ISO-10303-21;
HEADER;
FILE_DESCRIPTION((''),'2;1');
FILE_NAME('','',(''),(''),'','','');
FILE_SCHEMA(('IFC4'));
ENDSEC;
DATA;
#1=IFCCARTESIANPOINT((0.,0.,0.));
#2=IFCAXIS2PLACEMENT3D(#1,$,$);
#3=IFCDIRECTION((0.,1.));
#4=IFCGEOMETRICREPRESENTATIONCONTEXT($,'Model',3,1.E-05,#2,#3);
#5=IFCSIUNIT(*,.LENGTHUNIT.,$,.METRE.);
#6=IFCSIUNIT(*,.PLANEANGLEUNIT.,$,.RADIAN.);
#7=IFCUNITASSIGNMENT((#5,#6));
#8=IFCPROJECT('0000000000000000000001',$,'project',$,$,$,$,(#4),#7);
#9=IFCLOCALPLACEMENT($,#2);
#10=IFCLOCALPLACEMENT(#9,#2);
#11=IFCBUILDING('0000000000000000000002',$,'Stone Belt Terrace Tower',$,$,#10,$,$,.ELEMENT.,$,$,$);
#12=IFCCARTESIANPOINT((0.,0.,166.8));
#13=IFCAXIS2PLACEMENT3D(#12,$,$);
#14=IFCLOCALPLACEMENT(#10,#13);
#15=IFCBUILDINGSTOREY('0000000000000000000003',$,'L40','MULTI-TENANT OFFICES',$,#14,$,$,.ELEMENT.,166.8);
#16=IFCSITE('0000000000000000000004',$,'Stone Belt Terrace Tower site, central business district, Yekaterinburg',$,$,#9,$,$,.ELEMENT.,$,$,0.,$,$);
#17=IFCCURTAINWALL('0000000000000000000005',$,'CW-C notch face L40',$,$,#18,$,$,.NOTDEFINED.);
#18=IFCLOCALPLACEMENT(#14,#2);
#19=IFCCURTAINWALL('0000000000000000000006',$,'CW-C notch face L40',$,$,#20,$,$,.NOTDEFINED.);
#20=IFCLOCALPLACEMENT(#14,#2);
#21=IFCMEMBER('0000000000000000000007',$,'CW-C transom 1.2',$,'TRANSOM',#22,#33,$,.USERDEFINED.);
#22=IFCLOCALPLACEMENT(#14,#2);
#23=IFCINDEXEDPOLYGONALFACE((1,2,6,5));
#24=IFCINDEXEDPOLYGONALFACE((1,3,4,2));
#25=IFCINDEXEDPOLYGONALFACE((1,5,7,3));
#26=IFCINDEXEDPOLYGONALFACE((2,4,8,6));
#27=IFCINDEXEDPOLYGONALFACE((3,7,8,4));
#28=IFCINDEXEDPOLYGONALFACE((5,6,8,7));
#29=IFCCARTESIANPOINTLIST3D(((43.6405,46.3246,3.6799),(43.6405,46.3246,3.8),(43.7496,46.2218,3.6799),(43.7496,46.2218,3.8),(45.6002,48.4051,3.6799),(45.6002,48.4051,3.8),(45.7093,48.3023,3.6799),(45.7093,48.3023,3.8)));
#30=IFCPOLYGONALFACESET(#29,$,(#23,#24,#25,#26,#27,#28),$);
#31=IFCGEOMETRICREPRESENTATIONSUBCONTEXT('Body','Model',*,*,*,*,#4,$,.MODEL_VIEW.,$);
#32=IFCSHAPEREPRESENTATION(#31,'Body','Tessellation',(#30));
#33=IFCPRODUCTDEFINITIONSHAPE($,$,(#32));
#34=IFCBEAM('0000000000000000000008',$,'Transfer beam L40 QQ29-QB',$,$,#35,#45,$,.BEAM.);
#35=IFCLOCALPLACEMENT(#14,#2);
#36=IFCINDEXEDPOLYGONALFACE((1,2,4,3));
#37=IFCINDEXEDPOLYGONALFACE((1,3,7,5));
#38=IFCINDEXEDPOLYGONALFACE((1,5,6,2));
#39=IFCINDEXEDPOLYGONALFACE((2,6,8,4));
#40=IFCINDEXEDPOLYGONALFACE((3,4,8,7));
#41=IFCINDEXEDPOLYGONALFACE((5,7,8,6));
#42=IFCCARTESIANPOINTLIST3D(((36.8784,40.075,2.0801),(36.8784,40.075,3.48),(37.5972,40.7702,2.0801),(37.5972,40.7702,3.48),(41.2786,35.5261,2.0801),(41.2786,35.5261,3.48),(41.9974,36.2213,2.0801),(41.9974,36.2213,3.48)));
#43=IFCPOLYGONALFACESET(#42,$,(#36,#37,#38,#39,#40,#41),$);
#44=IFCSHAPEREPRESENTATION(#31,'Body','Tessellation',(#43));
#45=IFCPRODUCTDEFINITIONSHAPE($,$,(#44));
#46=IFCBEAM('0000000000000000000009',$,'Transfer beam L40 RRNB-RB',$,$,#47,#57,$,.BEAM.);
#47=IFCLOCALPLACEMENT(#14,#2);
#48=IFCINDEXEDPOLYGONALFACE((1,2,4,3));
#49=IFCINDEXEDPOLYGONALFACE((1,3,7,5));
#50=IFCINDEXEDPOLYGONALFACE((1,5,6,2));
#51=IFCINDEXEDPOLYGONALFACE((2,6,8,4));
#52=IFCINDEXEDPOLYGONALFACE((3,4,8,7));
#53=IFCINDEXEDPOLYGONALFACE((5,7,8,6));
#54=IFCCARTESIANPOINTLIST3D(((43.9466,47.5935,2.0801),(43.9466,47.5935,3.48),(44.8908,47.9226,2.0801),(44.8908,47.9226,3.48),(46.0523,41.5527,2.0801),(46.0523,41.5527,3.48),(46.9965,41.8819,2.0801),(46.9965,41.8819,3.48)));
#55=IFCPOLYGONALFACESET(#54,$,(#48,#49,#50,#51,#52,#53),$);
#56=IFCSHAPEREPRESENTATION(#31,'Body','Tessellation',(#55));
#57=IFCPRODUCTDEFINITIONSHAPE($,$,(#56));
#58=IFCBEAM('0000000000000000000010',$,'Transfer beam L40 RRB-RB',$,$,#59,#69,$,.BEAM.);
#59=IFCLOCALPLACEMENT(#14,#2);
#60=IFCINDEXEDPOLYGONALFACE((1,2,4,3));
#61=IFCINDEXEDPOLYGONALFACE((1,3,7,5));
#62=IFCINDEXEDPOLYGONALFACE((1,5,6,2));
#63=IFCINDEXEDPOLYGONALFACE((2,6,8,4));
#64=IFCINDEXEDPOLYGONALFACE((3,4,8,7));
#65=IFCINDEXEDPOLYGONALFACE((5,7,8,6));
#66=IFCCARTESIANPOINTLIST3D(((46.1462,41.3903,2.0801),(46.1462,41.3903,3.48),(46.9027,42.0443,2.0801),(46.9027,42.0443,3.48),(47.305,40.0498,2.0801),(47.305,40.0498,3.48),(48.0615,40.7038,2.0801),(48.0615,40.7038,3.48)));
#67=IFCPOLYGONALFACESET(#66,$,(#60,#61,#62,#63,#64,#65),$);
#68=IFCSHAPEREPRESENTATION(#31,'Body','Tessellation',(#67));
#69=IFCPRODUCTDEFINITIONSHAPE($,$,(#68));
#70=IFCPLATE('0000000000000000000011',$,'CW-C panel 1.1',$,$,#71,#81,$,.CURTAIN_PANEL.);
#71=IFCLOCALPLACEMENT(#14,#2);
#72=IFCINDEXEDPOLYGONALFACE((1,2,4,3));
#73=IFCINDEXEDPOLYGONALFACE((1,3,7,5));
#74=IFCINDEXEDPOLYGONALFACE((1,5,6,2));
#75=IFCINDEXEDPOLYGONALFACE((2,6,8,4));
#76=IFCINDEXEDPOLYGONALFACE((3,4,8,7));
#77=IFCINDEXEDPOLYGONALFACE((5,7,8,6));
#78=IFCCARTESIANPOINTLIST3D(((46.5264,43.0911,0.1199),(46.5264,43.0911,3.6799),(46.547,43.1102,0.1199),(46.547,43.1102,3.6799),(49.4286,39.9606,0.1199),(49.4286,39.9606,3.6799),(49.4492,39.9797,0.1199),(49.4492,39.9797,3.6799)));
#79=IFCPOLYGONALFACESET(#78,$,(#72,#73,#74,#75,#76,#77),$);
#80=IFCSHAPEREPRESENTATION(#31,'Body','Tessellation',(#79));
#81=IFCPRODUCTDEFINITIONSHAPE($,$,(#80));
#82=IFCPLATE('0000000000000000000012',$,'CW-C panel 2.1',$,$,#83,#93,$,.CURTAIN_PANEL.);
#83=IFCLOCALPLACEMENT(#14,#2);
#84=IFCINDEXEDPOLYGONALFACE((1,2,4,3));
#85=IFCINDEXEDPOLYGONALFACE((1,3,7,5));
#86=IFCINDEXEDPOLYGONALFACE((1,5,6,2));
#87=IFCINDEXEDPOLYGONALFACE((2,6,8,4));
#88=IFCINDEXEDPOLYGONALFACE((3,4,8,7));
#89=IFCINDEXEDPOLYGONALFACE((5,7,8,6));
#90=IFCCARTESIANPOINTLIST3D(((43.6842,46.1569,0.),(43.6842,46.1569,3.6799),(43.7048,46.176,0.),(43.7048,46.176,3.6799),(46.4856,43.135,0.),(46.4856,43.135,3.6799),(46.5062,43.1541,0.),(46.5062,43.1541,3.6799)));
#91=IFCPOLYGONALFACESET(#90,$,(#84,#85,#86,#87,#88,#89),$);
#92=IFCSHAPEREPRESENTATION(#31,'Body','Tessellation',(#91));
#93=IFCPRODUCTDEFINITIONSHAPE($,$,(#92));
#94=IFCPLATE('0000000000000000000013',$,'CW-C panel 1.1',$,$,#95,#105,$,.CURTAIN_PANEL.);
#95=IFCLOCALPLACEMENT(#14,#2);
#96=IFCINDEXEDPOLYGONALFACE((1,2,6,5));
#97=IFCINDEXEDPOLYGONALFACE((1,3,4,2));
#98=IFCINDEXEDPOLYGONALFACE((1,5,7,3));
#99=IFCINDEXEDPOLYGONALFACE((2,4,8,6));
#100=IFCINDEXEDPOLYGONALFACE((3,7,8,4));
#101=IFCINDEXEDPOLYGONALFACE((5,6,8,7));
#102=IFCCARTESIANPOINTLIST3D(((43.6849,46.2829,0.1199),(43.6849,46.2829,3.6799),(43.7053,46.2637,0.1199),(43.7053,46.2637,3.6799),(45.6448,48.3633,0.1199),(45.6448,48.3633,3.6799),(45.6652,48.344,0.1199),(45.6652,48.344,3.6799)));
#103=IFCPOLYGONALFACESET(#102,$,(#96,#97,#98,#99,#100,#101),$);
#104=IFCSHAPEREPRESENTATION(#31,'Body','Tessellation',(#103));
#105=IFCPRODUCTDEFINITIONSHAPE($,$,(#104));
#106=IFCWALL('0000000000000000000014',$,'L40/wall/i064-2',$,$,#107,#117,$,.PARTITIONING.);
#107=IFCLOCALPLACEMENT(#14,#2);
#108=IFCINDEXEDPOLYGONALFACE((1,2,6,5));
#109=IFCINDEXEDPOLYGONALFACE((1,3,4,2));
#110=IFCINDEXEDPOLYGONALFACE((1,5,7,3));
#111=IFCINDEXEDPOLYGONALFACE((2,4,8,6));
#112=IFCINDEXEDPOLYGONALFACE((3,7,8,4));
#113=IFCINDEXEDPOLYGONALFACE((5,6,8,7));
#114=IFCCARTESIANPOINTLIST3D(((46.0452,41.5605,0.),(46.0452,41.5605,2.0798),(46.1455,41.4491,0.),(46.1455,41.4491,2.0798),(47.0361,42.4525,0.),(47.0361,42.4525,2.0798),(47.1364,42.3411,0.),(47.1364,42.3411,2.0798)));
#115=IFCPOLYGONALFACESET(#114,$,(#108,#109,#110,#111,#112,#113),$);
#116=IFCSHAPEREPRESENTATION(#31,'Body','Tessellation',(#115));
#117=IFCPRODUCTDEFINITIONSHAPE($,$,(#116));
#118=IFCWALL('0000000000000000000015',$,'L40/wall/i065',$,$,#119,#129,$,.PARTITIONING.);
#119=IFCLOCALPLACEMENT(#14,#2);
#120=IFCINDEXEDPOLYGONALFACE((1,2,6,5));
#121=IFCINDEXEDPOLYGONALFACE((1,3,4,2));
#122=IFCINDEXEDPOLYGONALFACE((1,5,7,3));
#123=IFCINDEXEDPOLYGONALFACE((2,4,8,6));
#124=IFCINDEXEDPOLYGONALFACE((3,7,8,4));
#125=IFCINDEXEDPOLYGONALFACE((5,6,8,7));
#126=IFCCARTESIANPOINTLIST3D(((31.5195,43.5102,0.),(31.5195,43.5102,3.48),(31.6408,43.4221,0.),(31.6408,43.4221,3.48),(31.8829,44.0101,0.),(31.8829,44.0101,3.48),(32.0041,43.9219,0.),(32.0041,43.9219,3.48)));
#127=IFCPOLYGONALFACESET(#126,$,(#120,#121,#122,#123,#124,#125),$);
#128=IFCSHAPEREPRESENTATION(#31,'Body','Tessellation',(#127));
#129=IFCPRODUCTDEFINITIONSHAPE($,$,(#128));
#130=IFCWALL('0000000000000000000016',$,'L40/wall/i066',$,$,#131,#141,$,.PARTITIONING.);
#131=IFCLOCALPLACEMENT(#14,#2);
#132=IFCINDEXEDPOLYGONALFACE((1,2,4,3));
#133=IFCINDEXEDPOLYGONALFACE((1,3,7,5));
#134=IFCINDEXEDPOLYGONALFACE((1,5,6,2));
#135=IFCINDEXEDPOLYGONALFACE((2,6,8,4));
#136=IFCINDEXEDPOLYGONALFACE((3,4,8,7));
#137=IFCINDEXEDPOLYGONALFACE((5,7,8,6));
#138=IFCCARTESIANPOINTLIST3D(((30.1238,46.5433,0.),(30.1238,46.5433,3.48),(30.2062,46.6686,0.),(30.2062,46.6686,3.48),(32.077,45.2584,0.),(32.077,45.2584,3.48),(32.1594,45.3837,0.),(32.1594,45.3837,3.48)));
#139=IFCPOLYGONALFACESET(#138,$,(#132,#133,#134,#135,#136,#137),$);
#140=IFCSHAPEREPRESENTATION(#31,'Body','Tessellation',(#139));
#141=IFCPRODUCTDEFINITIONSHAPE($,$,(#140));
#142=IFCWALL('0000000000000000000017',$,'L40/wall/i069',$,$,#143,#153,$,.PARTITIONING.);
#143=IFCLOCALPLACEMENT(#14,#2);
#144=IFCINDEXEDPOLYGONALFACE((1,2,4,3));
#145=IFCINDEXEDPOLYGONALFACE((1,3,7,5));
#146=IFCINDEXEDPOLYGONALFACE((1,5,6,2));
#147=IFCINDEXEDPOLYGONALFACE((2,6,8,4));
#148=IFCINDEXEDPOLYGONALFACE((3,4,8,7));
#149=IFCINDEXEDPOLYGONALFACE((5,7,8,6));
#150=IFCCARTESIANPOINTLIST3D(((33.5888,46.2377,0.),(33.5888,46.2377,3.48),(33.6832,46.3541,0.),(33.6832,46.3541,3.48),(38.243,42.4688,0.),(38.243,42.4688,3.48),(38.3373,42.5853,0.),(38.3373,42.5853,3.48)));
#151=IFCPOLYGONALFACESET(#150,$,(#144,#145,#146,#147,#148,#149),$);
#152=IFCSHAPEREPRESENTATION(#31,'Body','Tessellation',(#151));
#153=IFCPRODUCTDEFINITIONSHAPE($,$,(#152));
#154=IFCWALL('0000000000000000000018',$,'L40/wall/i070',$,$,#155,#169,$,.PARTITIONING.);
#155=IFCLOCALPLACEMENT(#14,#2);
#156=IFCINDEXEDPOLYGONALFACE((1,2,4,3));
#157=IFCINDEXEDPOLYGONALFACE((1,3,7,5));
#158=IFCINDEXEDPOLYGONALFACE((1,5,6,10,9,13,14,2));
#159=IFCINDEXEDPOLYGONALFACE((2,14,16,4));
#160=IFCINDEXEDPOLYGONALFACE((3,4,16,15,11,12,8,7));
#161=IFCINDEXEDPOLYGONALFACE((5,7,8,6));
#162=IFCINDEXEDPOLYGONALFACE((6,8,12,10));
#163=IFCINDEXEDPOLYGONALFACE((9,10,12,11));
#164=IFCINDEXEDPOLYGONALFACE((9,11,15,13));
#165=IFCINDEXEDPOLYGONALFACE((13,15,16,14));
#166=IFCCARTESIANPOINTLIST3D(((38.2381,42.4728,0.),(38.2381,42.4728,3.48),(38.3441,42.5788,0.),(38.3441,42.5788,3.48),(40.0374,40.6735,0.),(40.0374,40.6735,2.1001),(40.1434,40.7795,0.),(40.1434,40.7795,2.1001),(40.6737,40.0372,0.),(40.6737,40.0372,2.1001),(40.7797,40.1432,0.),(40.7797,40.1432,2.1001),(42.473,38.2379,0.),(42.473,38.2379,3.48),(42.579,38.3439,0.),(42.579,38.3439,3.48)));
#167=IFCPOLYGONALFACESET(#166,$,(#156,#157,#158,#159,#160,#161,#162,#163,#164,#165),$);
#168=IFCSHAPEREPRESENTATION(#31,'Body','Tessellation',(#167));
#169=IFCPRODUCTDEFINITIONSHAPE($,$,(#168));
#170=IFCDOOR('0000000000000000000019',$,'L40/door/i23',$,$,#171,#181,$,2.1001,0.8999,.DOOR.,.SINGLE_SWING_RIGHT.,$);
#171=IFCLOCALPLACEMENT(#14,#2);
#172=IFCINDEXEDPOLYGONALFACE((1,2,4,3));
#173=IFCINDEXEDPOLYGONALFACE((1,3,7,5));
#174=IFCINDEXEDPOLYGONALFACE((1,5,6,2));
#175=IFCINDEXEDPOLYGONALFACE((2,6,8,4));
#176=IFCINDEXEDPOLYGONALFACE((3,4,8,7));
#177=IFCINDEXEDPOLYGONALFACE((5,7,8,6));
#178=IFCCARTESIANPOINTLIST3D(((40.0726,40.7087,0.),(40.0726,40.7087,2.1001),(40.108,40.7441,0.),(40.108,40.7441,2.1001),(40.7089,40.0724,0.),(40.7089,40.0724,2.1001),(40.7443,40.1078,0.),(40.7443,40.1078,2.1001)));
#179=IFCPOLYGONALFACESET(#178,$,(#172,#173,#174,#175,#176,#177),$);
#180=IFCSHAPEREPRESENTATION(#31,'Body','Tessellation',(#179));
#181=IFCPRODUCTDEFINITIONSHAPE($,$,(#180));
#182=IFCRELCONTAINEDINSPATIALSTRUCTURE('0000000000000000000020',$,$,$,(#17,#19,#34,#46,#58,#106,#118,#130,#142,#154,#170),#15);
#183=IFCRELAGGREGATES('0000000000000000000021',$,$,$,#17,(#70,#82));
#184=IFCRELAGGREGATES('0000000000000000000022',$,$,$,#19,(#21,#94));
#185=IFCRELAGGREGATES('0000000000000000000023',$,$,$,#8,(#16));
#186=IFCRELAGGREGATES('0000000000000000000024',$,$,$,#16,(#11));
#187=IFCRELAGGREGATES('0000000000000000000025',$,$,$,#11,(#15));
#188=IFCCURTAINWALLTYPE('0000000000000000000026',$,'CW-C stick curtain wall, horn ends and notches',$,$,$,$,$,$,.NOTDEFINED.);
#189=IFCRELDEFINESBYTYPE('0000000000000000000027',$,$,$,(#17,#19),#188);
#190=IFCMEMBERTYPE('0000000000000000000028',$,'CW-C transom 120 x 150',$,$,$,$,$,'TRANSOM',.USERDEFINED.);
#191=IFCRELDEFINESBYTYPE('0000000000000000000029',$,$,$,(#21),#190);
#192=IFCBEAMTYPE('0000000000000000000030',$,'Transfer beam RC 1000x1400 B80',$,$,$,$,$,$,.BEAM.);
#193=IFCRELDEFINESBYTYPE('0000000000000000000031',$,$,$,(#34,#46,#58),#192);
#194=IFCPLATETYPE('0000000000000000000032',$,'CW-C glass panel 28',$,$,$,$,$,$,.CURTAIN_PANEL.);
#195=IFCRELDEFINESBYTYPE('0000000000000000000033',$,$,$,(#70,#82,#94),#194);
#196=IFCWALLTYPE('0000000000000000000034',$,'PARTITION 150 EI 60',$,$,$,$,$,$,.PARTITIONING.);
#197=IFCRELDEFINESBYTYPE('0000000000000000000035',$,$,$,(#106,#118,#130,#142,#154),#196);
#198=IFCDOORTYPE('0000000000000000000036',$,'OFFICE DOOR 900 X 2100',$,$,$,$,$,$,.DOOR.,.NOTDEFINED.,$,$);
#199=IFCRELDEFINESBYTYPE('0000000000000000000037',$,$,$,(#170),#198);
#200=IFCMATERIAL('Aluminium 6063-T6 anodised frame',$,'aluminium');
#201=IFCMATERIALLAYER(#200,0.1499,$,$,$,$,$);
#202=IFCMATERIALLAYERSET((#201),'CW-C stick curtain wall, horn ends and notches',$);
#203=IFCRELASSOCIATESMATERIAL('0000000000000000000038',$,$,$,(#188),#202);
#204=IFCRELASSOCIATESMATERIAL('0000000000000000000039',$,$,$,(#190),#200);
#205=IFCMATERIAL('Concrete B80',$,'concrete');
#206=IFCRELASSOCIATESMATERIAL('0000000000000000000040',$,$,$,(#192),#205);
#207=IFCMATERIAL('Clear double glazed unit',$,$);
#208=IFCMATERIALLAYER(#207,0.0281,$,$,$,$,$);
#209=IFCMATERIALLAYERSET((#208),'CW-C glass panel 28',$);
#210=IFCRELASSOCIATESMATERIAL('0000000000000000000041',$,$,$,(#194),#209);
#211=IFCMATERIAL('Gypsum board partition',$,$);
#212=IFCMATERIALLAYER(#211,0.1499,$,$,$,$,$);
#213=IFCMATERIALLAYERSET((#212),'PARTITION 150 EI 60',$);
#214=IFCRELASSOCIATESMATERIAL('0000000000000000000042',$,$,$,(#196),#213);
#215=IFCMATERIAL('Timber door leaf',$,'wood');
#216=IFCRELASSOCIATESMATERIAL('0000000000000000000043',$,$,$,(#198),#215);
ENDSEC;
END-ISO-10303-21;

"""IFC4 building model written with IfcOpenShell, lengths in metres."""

from ifc_helpers import new_model, si_unit, direction, frame, frame_2d, origin, origin_2d, place, context, subcontext, project, spatial, rectangle, extrude, material, layer, layer_set, material_profile, profile_set, type_object, element, fill, aggregate, save


model = new_model("IFC4")

# Units and contexts
model_context = context("Model", 3, precision=1e-05, world=origin(), true_north=direction((0.0, 1.0)))
body_context = subcontext(model_context, "Body", "Model", "MODEL_VIEW")
ifc_project = project(units=[si_unit("LENGTHUNIT", "METRE"), si_unit("PLANEANGLEUNIT", "RADIAN")], contexts=[model_context])

# Site, building, storey
site_placement = place(None, origin())
site = spatial("IfcSite", under=ifc_project, at=site_placement, Name="Stone Belt Terrace Tower site, central business district, Yekaterinburg", CompositionType="ELEMENT", RefElevation=0.0)
building_placement = place(site_placement, origin())
building = spatial("IfcBuilding", under=site, at=building_placement, Name="Stone Belt Terrace Tower", CompositionType="ELEMENT")
storey_placement = place(building_placement, frame((0.0, 0.0, 166.8)))
storey = spatial("IfcBuildingStorey", under=building, at=storey_placement, Name="L40", Description="MULTI-TENANT OFFICES", CompositionType="ELEMENT", Elevation=166.8)

# Shared definitions
ifc_material_1 = material(Name="Concrete B80", Category="concrete")

# Curtain wall
ifc_material_2 = material(Name="Aluminium 6063-T6 anodised frame", Category="aluminium")
ifc_layer_1 = layer(ifc_material_2, 0.1499)
ifc_layer_set_1 = layer_set([ifc_layer_1], Name="CW-C stick curtain wall, horn ends and notches")
curtain_wall_type_1 = type_object("IfcCurtainWallType", Name="CW-C stick curtain wall, horn ends and notches", PredefinedType="NOTDEFINED", material=ifc_layer_set_1)
curtain_wall_1_placement = place(storey_placement, origin())
curtain_wall_1 = element("IfcCurtainWall", 1, at=curtain_wall_1_placement, inside=storey, type_object=curtain_wall_type_1, Name="CW-C notch face L40", PredefinedType="NOTDEFINED")

# Curtain wall
curtain_wall_2_placement = place(storey_placement, origin())
curtain_wall_2 = element("IfcCurtainWall", 2, at=curtain_wall_2_placement, inside=storey, type_object=curtain_wall_type_1, Name="CW-C notch face L40", PredefinedType="NOTDEFINED")

# Member
ifc_material_profile_1 = material_profile(ifc_material_2, rectangle(XDim=0.1499, YDim=0.1201, at=origin_2d()), Name="Aluminium 6063-T6 150x120")
ifc_profile_set_1 = profile_set([ifc_material_profile_1], Name="Aluminium 6063-T6 anodised frame")
member_type_1 = type_object("IfcMemberType", Name="CW-C transom 120 x 150", ElementType="TRANSOM", PredefinedType="USERDEFINED", material=ifc_profile_set_1)
member_1_placement = place(storey_placement, frame((43.6951, 46.2732, 3.74), z_axis=(0.68565, 0.727932, 0.0), x_axis=(-0.727932, 0.68565, 0.0)))
member_1 = element("IfcMember", 3, at=member_1_placement, type_object=member_type_1, Name="CW-C transom 1.2", ObjectType="TRANSOM", PredefinedType="USERDEFINED", context=body_context, shape_type="SweptSolid", body=[
    extrude(rectangle(XDim=0.1499, YDim=0.1201, at=origin_2d()), origin(), (0.0, 0.0, 1.0), 2.8582),
])

# Beams
ifc_material_profile_2 = material_profile(ifc_material_1, rectangle(XDim=1.0, YDim=1.3999, at=origin_2d()), Name="RC 1000x1400")
ifc_profile_set_2 = profile_set([ifc_material_profile_2], Name="Concrete B80")
beam_type = type_object("IfcBeamType", Name="Transfer beam RC 1000x1400 B80", PredefinedType="BEAM", material=ifc_profile_set_2)
beam_1_placement = place(storey_placement, frame((37.2378, 40.4226, 2.78), z_axis=(0.695263, -0.718756, 0.0), x_axis=(0.718756, 0.695263, 0.0)))
element("IfcBeam", 4, at=beam_1_placement, inside=storey, type_object=beam_type, Name="Transfer beam L40 QQ29-QB", PredefinedType="BEAM", context=body_context, shape_type="SweptSolid", body=[
    extrude(rectangle(XDim=1.0, YDim=1.3999, at=origin_2d()), origin(), (0.0, 0.0, 1.0), 6.3289),
])
beam_2_placement = place(storey_placement, frame((44.4187, 47.7581, 2.78), z_axis=(0.329159, -0.944275, 0.0), x_axis=(0.944275, 0.329159, 0.0)))
element("IfcBeam", 5, at=beam_2_placement, inside=storey, type_object=beam_type, Name="Transfer beam L40 RRNB-RB", PredefinedType="BEAM", context=body_context, shape_type="SweptSolid", body=[
    extrude(rectangle(XDim=1.0, YDim=1.3999, at=origin_2d()), origin(), (0.0, 0.0, 1.0), 6.3972),
])
beam_3_placement = place(storey_placement, frame((46.5244, 41.7173, 2.78), z_axis=(0.653996, -0.756498, 0.0), x_axis=(0.756498, 0.653996, 0.0)))
element("IfcBeam", 6, at=beam_3_placement, inside=storey, type_object=beam_type, Name="Transfer beam L40 RRB-RB", PredefinedType="BEAM", context=body_context, shape_type="SweptSolid", body=[
    extrude(rectangle(XDim=1.0, YDim=1.3999, at=origin_2d()), origin(), (0.0, 0.0, 1.0), 1.772),
])

# Plates
ifc_material_3 = material(Name="Clear double glazed unit")
ifc_layer_2 = layer(ifc_material_3, 0.0281)
ifc_layer_set_2 = layer_set([ifc_layer_2], Name="CW-C glass panel 28")
plate_type = type_object("IfcPlateType", Name="CW-C glass panel 28", PredefinedType="CURTAIN_PANEL", material=ifc_layer_set_2)
plate_1_placement = place(storey_placement, frame((47.9878, 41.5354, 0.1199), z_axis=(0.0, 0.0, 1.0), x_axis=(-0.679849, 0.733352, 0.0)))
plate_1 = element("IfcPlate", 7, at=plate_1_placement, type_object=plate_type, Name="CW-C panel 1.1", PredefinedType="CURTAIN_PANEL", context=body_context, shape_type="SweptSolid", body=[
    extrude(rectangle(XDim=4.2688, YDim=0.0281, at=origin_2d()), origin(), (0.0, 0.0, 1.0), 3.5601),
])
plate_2_placement = place(storey_placement, frame((45.0952, 44.6555, 0.0), z_axis=(0.0, 0.0, 1.0), x_axis=(-0.679849, 0.733352, 0.0)))
plate_2 = element("IfcPlate", 8, at=plate_2_placement, type_object=plate_type, Name="CW-C panel 2.1", PredefinedType="CURTAIN_PANEL", context=body_context, shape_type="SweptSolid", body=[
    extrude(rectangle(XDim=4.1206, YDim=0.0281, at=origin_2d()), origin(), (0.0, 0.0, 1.0), 3.6799),
])
aggregate(curtain_wall_1, [plate_1, plate_2])
plate_3_placement = place(storey_placement, frame((44.675, 47.3135, 0.1199), z_axis=(0.0, 0.0, 1.0), x_axis=(0.685704, 0.72788, 0.0)))
plate_3 = element("IfcPlate", 9, at=plate_3_placement, type_object=plate_type, Name="CW-C panel 1.1", PredefinedType="CURTAIN_PANEL", context=body_context, shape_type="SweptSolid", body=[
    extrude(rectangle(XDim=2.8582, YDim=0.0281, at=origin_2d()), origin(), (0.0, 0.0, 1.0), 3.5601),
])
aggregate(curtain_wall_2, [member_1, plate_3])

# Walls
ifc_material_4 = material(Name="Gypsum board partition")
ifc_layer_3 = layer(ifc_material_4, 0.1499)
ifc_layer_set_3 = layer_set([ifc_layer_3], Name="PARTITION 150 EI 60")
wall_type = type_object("IfcWallType", Name="PARTITION 150 EI 60", PredefinedType="PARTITIONING", material=ifc_layer_set_3)
wall_1_placement = place(storey_placement, frame((46.0955, 41.5049, 0.0), z_axis=(0.0, 0.0, 1.0), x_axis=(0.743212, 0.669056, 0.0)))
element("IfcWall", 10, at=wall_1_placement, inside=storey, type_object=wall_type, Name="L40/wall/i064-2", PredefinedType="PARTITIONING", context=body_context, shape_type="SweptSolid", body=[
    extrude(rectangle(XDim=1.3333, YDim=0.1499, at=frame_2d((0.6665, 0.0))), origin(), (0.0, 0.0, 1.0), 2.0798),
])
wall_2_placement = place(storey_placement, frame((31.5801, 43.4661, 0.0), z_axis=(0.0, 0.0, 1.0), x_axis=(0.587984, 0.808873, 0.0)))
element("IfcWall", 11, at=wall_2_placement, inside=storey, type_object=wall_type, Name="L40/wall/i065", PredefinedType="PARTITIONING", context=body_context, shape_type="SweptSolid", body=[
    extrude(rectangle(XDim=0.6179, YDim=0.1499, at=frame_2d((0.3091, 0.0))), origin(), (0.0, 0.0, 1.0), 3.48),
])
wall_3_placement = place(storey_placement, frame((32.1182, 45.321, 0.0), z_axis=(0.0, 0.0, 1.0), x_axis=(-0.835425, 0.549605, 0.0)))
element("IfcWall", 12, at=wall_3_placement, inside=storey, type_object=wall_type, Name="L40/wall/i066", PredefinedType="PARTITIONING", context=body_context, shape_type="SweptSolid", body=[
    extrude(rectangle(XDim=2.3379, YDim=0.1499, at=frame_2d((1.1689, 0.0))), origin(), (0.0, 0.0, 1.0), 3.48),
])
wall_4_placement = place(storey_placement, frame((33.636, 46.2959, 0.0), z_axis=(0.0, 0.0, 1.0), x_axis=(0.777144, -0.629323, 0.0)))
element("IfcWall", 13, at=wall_4_placement, inside=storey, type_object=wall_type, Name="L40/wall/i069", PredefinedType="PARTITIONING", context=body_context, shape_type="SweptSolid", body=[
    extrude(rectangle(XDim=5.9888, YDim=0.1499, at=frame_2d((2.9944, 0.0))), origin(), (0.0, 0.0, 1.0), 3.48),
])

# Wall, opening, door
wall_5_placement = place(storey_placement, frame((38.291, 42.5259, 0.0), z_axis=(0.0, 0.0, 1.0), x_axis=(0.707107, -0.707107, 0.0)))
wall_5 = element("IfcWall", 14, at=wall_5_placement, inside=storey, type_object=wall_type, Name="L40/wall/i070", PredefinedType="PARTITIONING", context=body_context, shape_type="SweptSolid", body=[
    extrude(rectangle(XDim=5.989, YDim=0.1499, at=frame_2d((2.9946, 0.0))), origin(), (0.0, 0.0, 1.0), 3.48),
])
opening_1_placement = place(wall_5_placement, frame((2.5447, 0.0, 0.0)))
opening_1 = element("IfcOpeningElement", 15, at=opening_1_placement, cuts=wall_5, PredefinedType="OPENING", context=body_context, shape_type="SweptSolid", body=[
    extrude(rectangle(XDim=0.8999, YDim=2.1001, at=frame_2d((0.45, 1.05))), frame((0.0, 0.085, 0.0), z_axis=(0.0, -1.0, 0.0), x_axis=(1.0, 0.0, 0.0)), (0.0, 0.0, 1.0), 0.1699),
])
ifc_material_5 = material(Name="Timber door leaf", Category="wood")
door_type = type_object("IfcDoorType", Name="OFFICE DOOR 900 X 2100", OperationType="NOTDEFINED", PredefinedType="DOOR", material=ifc_material_5)
door_1_placement = place(opening_1_placement, origin())
door_1 = element("IfcDoor", 16, at=door_1_placement, inside=storey, type_object=door_type, Name="L40/door/i23", OperationType="SINGLE_SWING_RIGHT", OverallHeight=2.1001, OverallWidth=0.8999, PredefinedType="DOOR", context=body_context, shape_type="SweptSolid", body=[
    extrude(rectangle(XDim=0.8999, YDim=2.1001, at=frame_2d((0.45, 1.05))), frame((0.0, 0.0249, 0.0), z_axis=(0.0, -1.0, 0.0), x_axis=(1.0, 0.0, 0.0)), (0.0, 0.0, 1.0), 0.05),
])
fill(opening_1, door_1)

save(model, "model.ifc")
